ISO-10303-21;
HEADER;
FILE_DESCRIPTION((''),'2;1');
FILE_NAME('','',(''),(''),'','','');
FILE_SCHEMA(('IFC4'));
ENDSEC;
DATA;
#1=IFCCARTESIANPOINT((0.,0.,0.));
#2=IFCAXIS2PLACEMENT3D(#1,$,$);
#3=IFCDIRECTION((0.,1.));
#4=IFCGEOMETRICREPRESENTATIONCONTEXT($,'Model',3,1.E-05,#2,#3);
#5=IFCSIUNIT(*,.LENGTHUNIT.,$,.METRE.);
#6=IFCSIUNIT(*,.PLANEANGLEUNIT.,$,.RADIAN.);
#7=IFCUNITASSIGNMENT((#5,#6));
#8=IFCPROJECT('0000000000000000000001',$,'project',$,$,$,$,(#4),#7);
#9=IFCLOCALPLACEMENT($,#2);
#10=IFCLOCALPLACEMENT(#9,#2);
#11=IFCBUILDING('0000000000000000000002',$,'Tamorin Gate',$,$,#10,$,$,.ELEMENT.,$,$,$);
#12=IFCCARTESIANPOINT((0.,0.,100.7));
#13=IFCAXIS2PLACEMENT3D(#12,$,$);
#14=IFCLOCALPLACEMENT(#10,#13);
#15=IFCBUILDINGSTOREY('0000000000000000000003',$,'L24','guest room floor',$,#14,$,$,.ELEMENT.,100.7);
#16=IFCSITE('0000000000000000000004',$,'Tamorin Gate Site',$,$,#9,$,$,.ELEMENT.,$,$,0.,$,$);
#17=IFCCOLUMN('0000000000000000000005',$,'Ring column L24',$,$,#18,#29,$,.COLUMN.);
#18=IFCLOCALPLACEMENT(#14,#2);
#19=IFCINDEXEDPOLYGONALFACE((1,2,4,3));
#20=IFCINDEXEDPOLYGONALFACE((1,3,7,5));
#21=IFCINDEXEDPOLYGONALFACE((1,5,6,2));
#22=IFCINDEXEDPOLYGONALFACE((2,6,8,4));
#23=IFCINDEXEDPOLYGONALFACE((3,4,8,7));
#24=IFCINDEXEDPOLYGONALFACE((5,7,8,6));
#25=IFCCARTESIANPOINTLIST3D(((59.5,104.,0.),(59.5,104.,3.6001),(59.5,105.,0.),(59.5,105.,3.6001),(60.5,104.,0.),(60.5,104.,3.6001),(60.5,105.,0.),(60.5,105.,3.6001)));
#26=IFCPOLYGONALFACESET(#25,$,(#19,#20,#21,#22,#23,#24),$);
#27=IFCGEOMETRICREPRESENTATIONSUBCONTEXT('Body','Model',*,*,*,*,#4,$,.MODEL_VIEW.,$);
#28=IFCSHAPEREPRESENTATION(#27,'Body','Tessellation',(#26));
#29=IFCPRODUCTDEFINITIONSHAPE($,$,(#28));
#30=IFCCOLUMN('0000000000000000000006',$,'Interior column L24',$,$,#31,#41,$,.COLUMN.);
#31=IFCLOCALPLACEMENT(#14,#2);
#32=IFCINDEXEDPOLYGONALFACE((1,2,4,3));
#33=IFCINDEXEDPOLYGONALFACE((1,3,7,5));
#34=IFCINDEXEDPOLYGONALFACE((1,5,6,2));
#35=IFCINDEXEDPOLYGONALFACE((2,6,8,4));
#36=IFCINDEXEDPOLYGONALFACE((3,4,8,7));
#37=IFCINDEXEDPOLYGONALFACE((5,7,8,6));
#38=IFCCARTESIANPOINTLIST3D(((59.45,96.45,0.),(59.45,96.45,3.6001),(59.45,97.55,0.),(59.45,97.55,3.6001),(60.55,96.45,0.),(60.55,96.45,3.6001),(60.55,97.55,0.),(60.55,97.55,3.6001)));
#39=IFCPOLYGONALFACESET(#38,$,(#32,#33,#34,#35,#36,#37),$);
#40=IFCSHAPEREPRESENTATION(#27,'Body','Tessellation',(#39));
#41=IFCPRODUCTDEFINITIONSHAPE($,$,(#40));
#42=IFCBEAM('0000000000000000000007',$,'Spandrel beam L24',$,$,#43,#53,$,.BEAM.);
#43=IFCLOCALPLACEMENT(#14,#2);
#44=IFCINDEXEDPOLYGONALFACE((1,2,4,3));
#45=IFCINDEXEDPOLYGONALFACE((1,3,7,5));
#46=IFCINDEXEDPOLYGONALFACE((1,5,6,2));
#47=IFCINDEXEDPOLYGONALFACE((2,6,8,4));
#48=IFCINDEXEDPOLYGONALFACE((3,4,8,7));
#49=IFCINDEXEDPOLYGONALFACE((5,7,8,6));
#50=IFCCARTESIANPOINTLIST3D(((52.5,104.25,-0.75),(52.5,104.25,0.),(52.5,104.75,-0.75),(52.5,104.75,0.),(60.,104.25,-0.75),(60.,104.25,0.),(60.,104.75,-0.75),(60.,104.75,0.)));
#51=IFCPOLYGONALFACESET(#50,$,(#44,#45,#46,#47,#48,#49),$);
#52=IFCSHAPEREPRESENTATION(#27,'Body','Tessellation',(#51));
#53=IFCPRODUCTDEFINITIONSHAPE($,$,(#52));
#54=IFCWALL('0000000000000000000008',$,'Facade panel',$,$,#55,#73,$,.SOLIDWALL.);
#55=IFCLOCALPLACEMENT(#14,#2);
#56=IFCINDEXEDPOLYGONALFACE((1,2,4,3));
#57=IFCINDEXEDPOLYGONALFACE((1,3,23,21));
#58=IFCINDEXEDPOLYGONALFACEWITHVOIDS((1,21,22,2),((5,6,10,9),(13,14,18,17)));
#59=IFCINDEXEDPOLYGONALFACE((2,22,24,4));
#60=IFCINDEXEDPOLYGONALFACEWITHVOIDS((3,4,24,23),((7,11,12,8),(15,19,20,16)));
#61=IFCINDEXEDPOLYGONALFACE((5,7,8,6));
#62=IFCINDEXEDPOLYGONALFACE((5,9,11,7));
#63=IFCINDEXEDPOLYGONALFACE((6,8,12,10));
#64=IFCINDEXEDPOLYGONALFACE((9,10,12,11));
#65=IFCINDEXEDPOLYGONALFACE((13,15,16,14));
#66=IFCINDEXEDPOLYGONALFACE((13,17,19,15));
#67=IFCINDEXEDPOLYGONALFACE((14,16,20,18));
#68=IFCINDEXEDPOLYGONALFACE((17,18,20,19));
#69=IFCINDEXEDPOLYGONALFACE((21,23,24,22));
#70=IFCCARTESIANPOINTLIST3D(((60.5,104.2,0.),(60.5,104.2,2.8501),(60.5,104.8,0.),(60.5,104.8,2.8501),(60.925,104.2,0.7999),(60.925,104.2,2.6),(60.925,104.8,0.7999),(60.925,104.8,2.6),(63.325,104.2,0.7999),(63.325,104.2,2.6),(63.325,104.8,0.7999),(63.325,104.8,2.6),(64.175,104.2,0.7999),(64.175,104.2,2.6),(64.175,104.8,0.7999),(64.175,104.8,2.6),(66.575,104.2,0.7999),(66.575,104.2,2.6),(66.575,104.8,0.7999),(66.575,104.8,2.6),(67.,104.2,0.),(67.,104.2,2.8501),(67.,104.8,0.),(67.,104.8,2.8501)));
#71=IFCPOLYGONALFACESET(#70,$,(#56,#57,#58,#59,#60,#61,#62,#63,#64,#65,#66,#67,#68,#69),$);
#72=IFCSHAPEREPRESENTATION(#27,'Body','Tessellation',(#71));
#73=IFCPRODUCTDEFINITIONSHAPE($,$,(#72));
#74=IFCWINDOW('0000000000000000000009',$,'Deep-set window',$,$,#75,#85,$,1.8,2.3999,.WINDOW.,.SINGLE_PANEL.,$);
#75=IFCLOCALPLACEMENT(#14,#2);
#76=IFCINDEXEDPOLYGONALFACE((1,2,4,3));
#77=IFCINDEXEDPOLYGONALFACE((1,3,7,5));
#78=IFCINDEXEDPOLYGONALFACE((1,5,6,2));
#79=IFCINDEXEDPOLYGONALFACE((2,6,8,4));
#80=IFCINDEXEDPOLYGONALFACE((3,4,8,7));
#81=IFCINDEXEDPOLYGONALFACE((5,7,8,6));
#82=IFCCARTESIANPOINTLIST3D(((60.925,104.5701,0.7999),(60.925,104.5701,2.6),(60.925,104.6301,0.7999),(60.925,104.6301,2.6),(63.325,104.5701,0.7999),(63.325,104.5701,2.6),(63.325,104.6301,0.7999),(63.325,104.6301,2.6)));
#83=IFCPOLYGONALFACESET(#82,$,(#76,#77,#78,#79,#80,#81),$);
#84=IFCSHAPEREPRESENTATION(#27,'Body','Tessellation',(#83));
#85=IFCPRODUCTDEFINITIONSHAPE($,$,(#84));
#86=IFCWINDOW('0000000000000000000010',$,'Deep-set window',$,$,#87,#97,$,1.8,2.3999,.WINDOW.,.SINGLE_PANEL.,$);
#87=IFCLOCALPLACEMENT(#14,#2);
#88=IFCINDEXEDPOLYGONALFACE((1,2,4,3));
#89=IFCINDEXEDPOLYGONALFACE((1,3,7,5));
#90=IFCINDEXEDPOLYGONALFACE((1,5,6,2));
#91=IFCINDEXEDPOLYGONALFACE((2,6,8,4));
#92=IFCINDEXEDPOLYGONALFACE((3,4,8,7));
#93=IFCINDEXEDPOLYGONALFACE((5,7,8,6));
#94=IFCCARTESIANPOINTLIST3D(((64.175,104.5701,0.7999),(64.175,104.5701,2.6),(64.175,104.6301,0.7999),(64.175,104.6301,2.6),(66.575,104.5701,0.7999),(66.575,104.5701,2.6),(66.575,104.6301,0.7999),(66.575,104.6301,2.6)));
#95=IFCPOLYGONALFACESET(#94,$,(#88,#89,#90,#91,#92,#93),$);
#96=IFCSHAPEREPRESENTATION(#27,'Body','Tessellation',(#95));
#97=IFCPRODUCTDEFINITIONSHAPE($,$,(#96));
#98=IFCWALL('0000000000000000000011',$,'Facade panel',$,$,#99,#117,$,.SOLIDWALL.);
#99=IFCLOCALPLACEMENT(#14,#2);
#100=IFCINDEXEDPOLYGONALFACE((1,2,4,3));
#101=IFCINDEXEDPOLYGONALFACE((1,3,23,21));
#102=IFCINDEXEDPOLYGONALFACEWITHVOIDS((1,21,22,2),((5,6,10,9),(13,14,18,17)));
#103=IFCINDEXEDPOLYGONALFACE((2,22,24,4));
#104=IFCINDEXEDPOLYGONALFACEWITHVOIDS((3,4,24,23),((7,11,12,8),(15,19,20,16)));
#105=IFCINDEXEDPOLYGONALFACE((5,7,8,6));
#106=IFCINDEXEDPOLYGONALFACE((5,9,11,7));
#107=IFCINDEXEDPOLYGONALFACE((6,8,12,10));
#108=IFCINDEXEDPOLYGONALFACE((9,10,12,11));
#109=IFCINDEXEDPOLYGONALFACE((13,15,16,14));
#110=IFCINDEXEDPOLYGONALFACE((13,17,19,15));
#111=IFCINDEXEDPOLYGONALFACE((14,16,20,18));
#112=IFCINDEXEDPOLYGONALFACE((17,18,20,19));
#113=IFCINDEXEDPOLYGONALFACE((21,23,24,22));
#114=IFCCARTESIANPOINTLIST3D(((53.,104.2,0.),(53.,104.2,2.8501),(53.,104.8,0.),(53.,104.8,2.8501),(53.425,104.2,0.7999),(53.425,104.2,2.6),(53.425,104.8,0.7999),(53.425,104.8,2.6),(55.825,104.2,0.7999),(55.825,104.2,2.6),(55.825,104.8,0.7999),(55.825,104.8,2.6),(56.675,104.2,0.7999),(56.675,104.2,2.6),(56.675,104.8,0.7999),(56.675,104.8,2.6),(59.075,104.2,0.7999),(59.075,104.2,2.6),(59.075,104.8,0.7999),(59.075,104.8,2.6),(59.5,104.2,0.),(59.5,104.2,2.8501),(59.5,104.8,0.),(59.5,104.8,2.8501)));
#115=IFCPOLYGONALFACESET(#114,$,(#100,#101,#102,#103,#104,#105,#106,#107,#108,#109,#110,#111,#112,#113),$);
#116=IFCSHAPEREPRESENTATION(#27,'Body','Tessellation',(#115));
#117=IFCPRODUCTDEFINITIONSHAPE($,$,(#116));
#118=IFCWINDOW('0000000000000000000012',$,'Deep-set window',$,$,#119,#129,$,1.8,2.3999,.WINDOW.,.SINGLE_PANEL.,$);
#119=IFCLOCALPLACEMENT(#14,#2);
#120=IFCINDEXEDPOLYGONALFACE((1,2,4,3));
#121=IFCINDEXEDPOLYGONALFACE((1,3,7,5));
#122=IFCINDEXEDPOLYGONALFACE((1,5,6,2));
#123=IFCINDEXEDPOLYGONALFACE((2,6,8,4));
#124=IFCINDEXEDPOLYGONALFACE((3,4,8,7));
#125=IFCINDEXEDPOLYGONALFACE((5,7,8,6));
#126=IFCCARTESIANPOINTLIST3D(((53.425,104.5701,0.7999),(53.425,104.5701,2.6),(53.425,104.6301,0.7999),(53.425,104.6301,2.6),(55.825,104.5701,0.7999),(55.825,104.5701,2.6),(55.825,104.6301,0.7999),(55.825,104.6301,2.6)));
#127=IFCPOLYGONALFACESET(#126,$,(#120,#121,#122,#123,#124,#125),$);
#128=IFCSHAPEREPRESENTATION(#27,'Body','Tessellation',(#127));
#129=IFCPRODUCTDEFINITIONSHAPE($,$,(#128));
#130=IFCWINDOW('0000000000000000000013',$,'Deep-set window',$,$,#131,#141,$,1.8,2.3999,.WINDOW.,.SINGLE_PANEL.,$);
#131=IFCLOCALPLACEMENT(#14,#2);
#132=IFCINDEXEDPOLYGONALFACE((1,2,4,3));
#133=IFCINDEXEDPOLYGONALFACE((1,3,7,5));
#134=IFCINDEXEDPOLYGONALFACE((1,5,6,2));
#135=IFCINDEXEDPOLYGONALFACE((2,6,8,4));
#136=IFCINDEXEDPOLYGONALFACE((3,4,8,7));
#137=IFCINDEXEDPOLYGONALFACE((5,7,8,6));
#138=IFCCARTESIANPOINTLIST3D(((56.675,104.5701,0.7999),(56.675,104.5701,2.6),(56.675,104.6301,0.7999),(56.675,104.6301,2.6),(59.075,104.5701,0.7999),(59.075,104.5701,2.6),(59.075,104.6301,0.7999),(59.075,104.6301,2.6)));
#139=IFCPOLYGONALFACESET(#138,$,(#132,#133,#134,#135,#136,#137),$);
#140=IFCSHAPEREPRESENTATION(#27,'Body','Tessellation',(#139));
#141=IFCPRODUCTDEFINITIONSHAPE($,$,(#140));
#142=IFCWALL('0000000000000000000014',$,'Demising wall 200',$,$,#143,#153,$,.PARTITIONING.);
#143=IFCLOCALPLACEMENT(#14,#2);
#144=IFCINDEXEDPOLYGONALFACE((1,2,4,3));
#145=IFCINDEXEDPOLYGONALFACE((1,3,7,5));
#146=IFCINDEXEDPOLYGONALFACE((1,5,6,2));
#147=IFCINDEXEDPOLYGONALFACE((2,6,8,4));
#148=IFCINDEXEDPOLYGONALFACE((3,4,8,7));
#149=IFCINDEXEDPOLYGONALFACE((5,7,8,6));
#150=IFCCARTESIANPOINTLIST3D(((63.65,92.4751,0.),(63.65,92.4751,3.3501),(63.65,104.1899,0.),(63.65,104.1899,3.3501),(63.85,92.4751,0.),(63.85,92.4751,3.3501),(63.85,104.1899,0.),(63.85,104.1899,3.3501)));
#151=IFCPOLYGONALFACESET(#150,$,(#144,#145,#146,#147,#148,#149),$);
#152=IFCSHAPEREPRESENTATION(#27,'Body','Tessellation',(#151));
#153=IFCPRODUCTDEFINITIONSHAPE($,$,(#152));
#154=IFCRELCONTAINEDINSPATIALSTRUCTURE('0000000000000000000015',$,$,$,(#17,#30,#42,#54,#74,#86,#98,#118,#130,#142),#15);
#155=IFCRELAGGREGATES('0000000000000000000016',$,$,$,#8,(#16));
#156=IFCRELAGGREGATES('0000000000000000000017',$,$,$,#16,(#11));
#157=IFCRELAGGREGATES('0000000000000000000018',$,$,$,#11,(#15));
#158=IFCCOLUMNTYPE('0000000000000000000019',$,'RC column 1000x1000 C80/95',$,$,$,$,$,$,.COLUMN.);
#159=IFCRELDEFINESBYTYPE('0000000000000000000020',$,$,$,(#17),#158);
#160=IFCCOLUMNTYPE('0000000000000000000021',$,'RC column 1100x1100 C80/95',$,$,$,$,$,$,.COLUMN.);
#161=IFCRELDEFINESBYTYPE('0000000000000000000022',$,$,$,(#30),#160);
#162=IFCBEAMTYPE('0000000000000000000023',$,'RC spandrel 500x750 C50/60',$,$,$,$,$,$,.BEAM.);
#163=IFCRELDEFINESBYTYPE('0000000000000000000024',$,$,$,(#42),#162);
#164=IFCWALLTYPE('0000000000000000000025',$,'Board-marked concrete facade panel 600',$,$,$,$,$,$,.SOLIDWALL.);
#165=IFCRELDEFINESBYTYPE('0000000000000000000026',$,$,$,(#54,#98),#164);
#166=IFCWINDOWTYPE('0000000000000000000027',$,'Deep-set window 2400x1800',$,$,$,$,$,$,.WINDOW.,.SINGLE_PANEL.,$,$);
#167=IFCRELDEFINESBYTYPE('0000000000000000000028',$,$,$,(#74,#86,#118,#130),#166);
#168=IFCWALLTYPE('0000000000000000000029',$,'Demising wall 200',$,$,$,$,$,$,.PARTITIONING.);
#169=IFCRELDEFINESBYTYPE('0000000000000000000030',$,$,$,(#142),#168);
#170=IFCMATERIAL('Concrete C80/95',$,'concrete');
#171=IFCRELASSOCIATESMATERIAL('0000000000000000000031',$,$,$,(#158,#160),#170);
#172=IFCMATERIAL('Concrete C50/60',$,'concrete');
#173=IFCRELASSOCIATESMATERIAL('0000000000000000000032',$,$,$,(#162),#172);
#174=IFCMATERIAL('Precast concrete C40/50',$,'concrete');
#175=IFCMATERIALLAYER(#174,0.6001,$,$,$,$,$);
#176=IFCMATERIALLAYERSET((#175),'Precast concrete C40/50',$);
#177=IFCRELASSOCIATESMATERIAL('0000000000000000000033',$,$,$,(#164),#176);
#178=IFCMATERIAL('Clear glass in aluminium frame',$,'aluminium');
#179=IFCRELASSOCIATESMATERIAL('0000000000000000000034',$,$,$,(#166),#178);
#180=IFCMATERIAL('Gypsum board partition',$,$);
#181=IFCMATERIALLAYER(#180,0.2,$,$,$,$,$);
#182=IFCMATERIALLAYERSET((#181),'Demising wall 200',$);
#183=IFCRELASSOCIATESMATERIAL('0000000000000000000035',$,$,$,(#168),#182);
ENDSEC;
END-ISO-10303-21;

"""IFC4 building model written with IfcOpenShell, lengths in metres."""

from ifc_helpers import new_model, si_unit, direction, frame, frame_2d, origin, origin_2d, place, context, subcontext, project, spatial, rectangle, extrude, material, layer, layer_set, material_profile, profile_set, type_object, element, fill, save


model = new_model("IFC4")

# Units and contexts
model_context = context("Model", 3, precision=1e-05, world=origin(), true_north=direction((0.0, 1.0)))
body_context = subcontext(model_context, "Body", "Model", "MODEL_VIEW")
ifc_project = project(units=[si_unit("LENGTHUNIT", "METRE"), si_unit("PLANEANGLEUNIT", "RADIAN")], contexts=[model_context])

# Site, building, storey
site_placement = place(None, origin())
site = spatial("IfcSite", under=ifc_project, at=site_placement, Name="Tamorin Gate Site", CompositionType="ELEMENT", RefElevation=0.0)
building_placement = place(site_placement, origin())
building = spatial("IfcBuilding", under=site, at=building_placement, Name="Tamorin Gate", CompositionType="ELEMENT")
storey_placement = place(building_placement, frame((0.0, 0.0, 100.7)))
storey = spatial("IfcBuildingStorey", under=building, at=storey_placement, Name="L24", Description="guest room floor", CompositionType="ELEMENT", Elevation=100.7)

# Columns
ifc_material_1 = material(Name="Concrete C80/95", Category="concrete")
ifc_material_profile_1 = material_profile(ifc_material_1, rectangle(XDim=1.0, YDim=1.0, at=origin_2d()), Name="RC 1000x1000")
ifc_profile_set_1 = profile_set([ifc_material_profile_1], Name="Concrete C80/95")
column_type_1 = type_object("IfcColumnType", Name="RC column 1000x1000 C80/95", PredefinedType="COLUMN", material=ifc_profile_set_1)
column_1_placement = place(storey_placement, frame((60.0, 104.5, 0.0), z_axis=(0.0, 0.0, 1.0), x_axis=(1.0, 0.0, 0.0)))
element("IfcColumn", 1, at=column_1_placement, inside=storey, type_object=column_type_1, Name="Ring column L24", PredefinedType="COLUMN", context=body_context, shape_type="SweptSolid", body=[
    extrude(rectangle(XDim=1.0, YDim=1.0, at=origin_2d()), origin(), (0.0, 0.0, 1.0), 3.6001),
])
ifc_material_profile_2 = material_profile(ifc_material_1, rectangle(XDim=1.1001, YDim=1.1001, at=origin_2d()), Name="RC 1100x1100")
ifc_profile_set_2 = profile_set([ifc_material_profile_2], Name="Concrete C80/95")
column_type_2 = type_object("IfcColumnType", Name="RC column 1100x1100 C80/95", PredefinedType="COLUMN", material=ifc_profile_set_2)
column_2_placement = place(storey_placement, frame((60.0, 97.0, 0.0), z_axis=(0.0, 0.0, 1.0), x_axis=(1.0, 0.0, 0.0)))
element("IfcColumn", 2, at=column_2_placement, inside=storey, type_object=column_type_2, Name="Interior column L24", PredefinedType="COLUMN", context=body_context, shape_type="SweptSolid", body=[
    extrude(rectangle(XDim=1.1001, YDim=1.1001, at=origin_2d()), origin(), (0.0, 0.0, 1.0), 3.6001),
])

# Beam
ifc_material_2 = material(Name="Concrete C50/60", Category="concrete")
ifc_material_profile_3 = material_profile(ifc_material_2, rectangle(XDim=0.5, YDim=0.75, at=origin_2d()), Name="RC 500x750")
ifc_profile_set_3 = profile_set([ifc_material_profile_3], Name="Concrete C50/60")
beam_type = type_object("IfcBeamType", Name="RC spandrel 500x750 C50/60", PredefinedType="BEAM", material=ifc_profile_set_3)
beam_placement = place(storey_placement, frame((60.0, 104.5, -0.375), z_axis=(-1.0, 0.0, 0.0), x_axis=(0.0, -1.0, 0.0)))
element("IfcBeam", 3, at=beam_placement, inside=storey, type_object=beam_type, Name="Spandrel beam L24", PredefinedType="BEAM", context=body_context, shape_type="SweptSolid", body=[
    extrude(rectangle(XDim=0.5, YDim=0.75, at=origin_2d()), origin(), (0.0, 0.0, 1.0), 7.5),
])

# Walls, openings, windows
ifc_material_3 = material(Name="Precast concrete C40/50", Category="concrete")
ifc_layer_1 = layer(ifc_material_3, 0.6001)
ifc_layer_set_1 = layer_set([ifc_layer_1], Name="Precast concrete C40/50")
wall_type_1 = type_object("IfcWallType", Name="Board-marked concrete facade panel 600", PredefinedType="SOLIDWALL", material=ifc_layer_set_1)
wall_1_placement = place(storey_placement, frame((67.0, 104.5, 0.0), z_axis=(0.0, 0.0, 1.0), x_axis=(-1.0, 0.0, 0.0)))
wall_1 = element("IfcWall", 4, at=wall_1_placement, inside=storey, type_object=wall_type_1, Name="Facade panel", PredefinedType="SOLIDWALL", context=body_context, shape_type="SweptSolid", body=[
    extrude(rectangle(XDim=6.5, YDim=0.6001, at=frame_2d((3.25, 0.0))), origin(), (0.0, 0.0, 1.0), 2.8501),
])
opening_1_placement = place(wall_1_placement, frame((3.675, 0.0, 0.8)))
opening_1 = element("IfcOpeningElement", 5, at=opening_1_placement, cuts=wall_1, PredefinedType="OPENING", context=body_context, shape_type="SweptSolid", body=[
    extrude(rectangle(XDim=2.3999, YDim=1.8, at=frame_2d((1.2, 0.8999))), frame((0.0, 0.3101, 0.0), z_axis=(0.0, -1.0, 0.0), x_axis=(1.0, 0.0, 0.0)), (0.0, 0.0, 1.0), 0.6201),
])
opening_2_placement = place(wall_1_placement, frame((0.425, 0.0, 0.8)))
opening_2 = element("IfcOpeningElement", 6, at=opening_2_placement, cuts=wall_1, PredefinedType="OPENING", context=body_context, shape_type="SweptSolid", body=[
    extrude(rectangle(XDim=2.3999, YDim=1.8, at=frame_2d((1.2, 0.8999))), frame((0.0, 0.3101, 0.0), z_axis=(0.0, -1.0, 0.0), x_axis=(1.0, 0.0, 0.0)), (0.0, 0.0, 1.0), 0.6201),
])
ifc_material_4 = material(Name="Clear glass in aluminium frame", Category="aluminium")
window_type = type_object("IfcWindowType", Name="Deep-set window 2400x1800", PartitioningType="SINGLE_PANEL", PredefinedType="WINDOW", material=ifc_material_4)
window_1_placement = place(opening_1_placement, origin())
window_1 = element("IfcWindow", 7, at=window_1_placement, inside=storey, type_object=window_type, Name="Deep-set window", OverallHeight=1.8, OverallWidth=2.3999, PartitioningType="SINGLE_PANEL", PredefinedType="WINDOW", context=body_context, shape_type="SweptSolid", body=[
    extrude(rectangle(XDim=2.3999, YDim=1.8, at=frame_2d((1.2, 0.8999))), frame((0.0, -0.0701, 0.0), z_axis=(0.0, -1.0, 0.0), x_axis=(1.0, 0.0, 0.0)), (0.0, 0.0, 1.0), 0.0601),
])
fill(opening_1, window_1)
window_2_placement = place(opening_2_placement, origin())
window_2 = element("IfcWindow", 8, at=window_2_placement, inside=storey, type_object=window_type, Name="Deep-set window", OverallHeight=1.8, OverallWidth=2.3999, PartitioningType="SINGLE_PANEL", PredefinedType="WINDOW", context=body_context, shape_type="SweptSolid", body=[
    extrude(rectangle(XDim=2.3999, YDim=1.8, at=frame_2d((1.2, 0.8999))), frame((0.0, -0.0701, 0.0), z_axis=(0.0, -1.0, 0.0), x_axis=(1.0, 0.0, 0.0)), (0.0, 0.0, 1.0), 0.0601),
])
fill(opening_2, window_2)
wall_2_placement = place(storey_placement, frame((59.5, 104.5, 0.0), z_axis=(0.0, 0.0, 1.0), x_axis=(-1.0, 0.0, 0.0)))
wall_2 = element("IfcWall", 9, at=wall_2_placement, inside=storey, type_object=wall_type_1, Name="Facade panel", PredefinedType="SOLIDWALL", context=body_context, shape_type="SweptSolid", body=[
    extrude(rectangle(XDim=6.5, YDim=0.6001, at=frame_2d((3.25, 0.0))), origin(), (0.0, 0.0, 1.0), 2.8501),
])
opening_3_placement = place(wall_2_placement, frame((3.675, 0.0, 0.8)))
opening_3 = element("IfcOpeningElement", 10, at=opening_3_placement, cuts=wall_2, PredefinedType="OPENING", context=body_context, shape_type="SweptSolid", body=[
    extrude(rectangle(XDim=2.3999, YDim=1.8, at=frame_2d((1.2, 0.8999))), frame((0.0, 0.3101, 0.0), z_axis=(0.0, -1.0, 0.0), x_axis=(1.0, 0.0, 0.0)), (0.0, 0.0, 1.0), 0.6201),
])
opening_4_placement = place(wall_2_placement, frame((0.425, 0.0, 0.8)))
opening_4 = element("IfcOpeningElement", 11, at=opening_4_placement, cuts=wall_2, PredefinedType="OPENING", context=body_context, shape_type="SweptSolid", body=[
    extrude(rectangle(XDim=2.3999, YDim=1.8, at=frame_2d((1.2, 0.8999))), frame((0.0, 0.3101, 0.0), z_axis=(0.0, -1.0, 0.0), x_axis=(1.0, 0.0, 0.0)), (0.0, 0.0, 1.0), 0.6201),
])
window_3_placement = place(opening_3_placement, origin())
window_3 = element("IfcWindow", 12, at=window_3_placement, inside=storey, type_object=window_type, Name="Deep-set window", OverallHeight=1.8, OverallWidth=2.3999, PartitioningType="SINGLE_PANEL", PredefinedType="WINDOW", context=body_context, shape_type="SweptSolid", body=[
    extrude(rectangle(XDim=2.3999, YDim=1.8, at=frame_2d((1.2, 0.8999))), frame((0.0, -0.0701, 0.0), z_axis=(0.0, -1.0, 0.0), x_axis=(1.0, 0.0, 0.0)), (0.0, 0.0, 1.0), 0.0601),
])
fill(opening_3, window_3)
window_4_placement = place(opening_4_placement, origin())
window_4 = element("IfcWindow", 13, at=window_4_placement, inside=storey, type_object=window_type, Name="Deep-set window", OverallHeight=1.8, OverallWidth=2.3999, PartitioningType="SINGLE_PANEL", PredefinedType="WINDOW", context=body_context, shape_type="SweptSolid", body=[
    extrude(rectangle(XDim=2.3999, YDim=1.8, at=frame_2d((1.2, 0.8999))), frame((0.0, -0.0701, 0.0), z_axis=(0.0, -1.0, 0.0), x_axis=(1.0, 0.0, 0.0)), (0.0, 0.0, 1.0), 0.0601),
])
fill(opening_4, window_4)

# Wall
ifc_material_5 = material(Name="Gypsum board partition")
ifc_layer_2 = layer(ifc_material_5, 0.2)
ifc_layer_set_2 = layer_set([ifc_layer_2], Name="Demising wall 200")
wall_type_2 = type_object("IfcWallType", Name="Demising wall 200", PredefinedType="PARTITIONING", material=ifc_layer_set_2)
wall_3_placement = place(storey_placement, frame((63.75, 92.4751, 0.0), z_axis=(0.0, 0.0, 1.0), x_axis=(0.0, 1.0, 0.0)))
element("IfcWall", 14, at=wall_3_placement, inside=storey, type_object=wall_type_2, Name="Demising wall 200", PredefinedType="PARTITIONING", context=body_context, shape_type="SweptSolid", body=[
    extrude(rectangle(XDim=11.7148, YDim=0.2, at=frame_2d((5.8574, 0.0))), origin(), (0.0, 0.0, 1.0), 3.3501),
])

save(model, "model.ifc")
